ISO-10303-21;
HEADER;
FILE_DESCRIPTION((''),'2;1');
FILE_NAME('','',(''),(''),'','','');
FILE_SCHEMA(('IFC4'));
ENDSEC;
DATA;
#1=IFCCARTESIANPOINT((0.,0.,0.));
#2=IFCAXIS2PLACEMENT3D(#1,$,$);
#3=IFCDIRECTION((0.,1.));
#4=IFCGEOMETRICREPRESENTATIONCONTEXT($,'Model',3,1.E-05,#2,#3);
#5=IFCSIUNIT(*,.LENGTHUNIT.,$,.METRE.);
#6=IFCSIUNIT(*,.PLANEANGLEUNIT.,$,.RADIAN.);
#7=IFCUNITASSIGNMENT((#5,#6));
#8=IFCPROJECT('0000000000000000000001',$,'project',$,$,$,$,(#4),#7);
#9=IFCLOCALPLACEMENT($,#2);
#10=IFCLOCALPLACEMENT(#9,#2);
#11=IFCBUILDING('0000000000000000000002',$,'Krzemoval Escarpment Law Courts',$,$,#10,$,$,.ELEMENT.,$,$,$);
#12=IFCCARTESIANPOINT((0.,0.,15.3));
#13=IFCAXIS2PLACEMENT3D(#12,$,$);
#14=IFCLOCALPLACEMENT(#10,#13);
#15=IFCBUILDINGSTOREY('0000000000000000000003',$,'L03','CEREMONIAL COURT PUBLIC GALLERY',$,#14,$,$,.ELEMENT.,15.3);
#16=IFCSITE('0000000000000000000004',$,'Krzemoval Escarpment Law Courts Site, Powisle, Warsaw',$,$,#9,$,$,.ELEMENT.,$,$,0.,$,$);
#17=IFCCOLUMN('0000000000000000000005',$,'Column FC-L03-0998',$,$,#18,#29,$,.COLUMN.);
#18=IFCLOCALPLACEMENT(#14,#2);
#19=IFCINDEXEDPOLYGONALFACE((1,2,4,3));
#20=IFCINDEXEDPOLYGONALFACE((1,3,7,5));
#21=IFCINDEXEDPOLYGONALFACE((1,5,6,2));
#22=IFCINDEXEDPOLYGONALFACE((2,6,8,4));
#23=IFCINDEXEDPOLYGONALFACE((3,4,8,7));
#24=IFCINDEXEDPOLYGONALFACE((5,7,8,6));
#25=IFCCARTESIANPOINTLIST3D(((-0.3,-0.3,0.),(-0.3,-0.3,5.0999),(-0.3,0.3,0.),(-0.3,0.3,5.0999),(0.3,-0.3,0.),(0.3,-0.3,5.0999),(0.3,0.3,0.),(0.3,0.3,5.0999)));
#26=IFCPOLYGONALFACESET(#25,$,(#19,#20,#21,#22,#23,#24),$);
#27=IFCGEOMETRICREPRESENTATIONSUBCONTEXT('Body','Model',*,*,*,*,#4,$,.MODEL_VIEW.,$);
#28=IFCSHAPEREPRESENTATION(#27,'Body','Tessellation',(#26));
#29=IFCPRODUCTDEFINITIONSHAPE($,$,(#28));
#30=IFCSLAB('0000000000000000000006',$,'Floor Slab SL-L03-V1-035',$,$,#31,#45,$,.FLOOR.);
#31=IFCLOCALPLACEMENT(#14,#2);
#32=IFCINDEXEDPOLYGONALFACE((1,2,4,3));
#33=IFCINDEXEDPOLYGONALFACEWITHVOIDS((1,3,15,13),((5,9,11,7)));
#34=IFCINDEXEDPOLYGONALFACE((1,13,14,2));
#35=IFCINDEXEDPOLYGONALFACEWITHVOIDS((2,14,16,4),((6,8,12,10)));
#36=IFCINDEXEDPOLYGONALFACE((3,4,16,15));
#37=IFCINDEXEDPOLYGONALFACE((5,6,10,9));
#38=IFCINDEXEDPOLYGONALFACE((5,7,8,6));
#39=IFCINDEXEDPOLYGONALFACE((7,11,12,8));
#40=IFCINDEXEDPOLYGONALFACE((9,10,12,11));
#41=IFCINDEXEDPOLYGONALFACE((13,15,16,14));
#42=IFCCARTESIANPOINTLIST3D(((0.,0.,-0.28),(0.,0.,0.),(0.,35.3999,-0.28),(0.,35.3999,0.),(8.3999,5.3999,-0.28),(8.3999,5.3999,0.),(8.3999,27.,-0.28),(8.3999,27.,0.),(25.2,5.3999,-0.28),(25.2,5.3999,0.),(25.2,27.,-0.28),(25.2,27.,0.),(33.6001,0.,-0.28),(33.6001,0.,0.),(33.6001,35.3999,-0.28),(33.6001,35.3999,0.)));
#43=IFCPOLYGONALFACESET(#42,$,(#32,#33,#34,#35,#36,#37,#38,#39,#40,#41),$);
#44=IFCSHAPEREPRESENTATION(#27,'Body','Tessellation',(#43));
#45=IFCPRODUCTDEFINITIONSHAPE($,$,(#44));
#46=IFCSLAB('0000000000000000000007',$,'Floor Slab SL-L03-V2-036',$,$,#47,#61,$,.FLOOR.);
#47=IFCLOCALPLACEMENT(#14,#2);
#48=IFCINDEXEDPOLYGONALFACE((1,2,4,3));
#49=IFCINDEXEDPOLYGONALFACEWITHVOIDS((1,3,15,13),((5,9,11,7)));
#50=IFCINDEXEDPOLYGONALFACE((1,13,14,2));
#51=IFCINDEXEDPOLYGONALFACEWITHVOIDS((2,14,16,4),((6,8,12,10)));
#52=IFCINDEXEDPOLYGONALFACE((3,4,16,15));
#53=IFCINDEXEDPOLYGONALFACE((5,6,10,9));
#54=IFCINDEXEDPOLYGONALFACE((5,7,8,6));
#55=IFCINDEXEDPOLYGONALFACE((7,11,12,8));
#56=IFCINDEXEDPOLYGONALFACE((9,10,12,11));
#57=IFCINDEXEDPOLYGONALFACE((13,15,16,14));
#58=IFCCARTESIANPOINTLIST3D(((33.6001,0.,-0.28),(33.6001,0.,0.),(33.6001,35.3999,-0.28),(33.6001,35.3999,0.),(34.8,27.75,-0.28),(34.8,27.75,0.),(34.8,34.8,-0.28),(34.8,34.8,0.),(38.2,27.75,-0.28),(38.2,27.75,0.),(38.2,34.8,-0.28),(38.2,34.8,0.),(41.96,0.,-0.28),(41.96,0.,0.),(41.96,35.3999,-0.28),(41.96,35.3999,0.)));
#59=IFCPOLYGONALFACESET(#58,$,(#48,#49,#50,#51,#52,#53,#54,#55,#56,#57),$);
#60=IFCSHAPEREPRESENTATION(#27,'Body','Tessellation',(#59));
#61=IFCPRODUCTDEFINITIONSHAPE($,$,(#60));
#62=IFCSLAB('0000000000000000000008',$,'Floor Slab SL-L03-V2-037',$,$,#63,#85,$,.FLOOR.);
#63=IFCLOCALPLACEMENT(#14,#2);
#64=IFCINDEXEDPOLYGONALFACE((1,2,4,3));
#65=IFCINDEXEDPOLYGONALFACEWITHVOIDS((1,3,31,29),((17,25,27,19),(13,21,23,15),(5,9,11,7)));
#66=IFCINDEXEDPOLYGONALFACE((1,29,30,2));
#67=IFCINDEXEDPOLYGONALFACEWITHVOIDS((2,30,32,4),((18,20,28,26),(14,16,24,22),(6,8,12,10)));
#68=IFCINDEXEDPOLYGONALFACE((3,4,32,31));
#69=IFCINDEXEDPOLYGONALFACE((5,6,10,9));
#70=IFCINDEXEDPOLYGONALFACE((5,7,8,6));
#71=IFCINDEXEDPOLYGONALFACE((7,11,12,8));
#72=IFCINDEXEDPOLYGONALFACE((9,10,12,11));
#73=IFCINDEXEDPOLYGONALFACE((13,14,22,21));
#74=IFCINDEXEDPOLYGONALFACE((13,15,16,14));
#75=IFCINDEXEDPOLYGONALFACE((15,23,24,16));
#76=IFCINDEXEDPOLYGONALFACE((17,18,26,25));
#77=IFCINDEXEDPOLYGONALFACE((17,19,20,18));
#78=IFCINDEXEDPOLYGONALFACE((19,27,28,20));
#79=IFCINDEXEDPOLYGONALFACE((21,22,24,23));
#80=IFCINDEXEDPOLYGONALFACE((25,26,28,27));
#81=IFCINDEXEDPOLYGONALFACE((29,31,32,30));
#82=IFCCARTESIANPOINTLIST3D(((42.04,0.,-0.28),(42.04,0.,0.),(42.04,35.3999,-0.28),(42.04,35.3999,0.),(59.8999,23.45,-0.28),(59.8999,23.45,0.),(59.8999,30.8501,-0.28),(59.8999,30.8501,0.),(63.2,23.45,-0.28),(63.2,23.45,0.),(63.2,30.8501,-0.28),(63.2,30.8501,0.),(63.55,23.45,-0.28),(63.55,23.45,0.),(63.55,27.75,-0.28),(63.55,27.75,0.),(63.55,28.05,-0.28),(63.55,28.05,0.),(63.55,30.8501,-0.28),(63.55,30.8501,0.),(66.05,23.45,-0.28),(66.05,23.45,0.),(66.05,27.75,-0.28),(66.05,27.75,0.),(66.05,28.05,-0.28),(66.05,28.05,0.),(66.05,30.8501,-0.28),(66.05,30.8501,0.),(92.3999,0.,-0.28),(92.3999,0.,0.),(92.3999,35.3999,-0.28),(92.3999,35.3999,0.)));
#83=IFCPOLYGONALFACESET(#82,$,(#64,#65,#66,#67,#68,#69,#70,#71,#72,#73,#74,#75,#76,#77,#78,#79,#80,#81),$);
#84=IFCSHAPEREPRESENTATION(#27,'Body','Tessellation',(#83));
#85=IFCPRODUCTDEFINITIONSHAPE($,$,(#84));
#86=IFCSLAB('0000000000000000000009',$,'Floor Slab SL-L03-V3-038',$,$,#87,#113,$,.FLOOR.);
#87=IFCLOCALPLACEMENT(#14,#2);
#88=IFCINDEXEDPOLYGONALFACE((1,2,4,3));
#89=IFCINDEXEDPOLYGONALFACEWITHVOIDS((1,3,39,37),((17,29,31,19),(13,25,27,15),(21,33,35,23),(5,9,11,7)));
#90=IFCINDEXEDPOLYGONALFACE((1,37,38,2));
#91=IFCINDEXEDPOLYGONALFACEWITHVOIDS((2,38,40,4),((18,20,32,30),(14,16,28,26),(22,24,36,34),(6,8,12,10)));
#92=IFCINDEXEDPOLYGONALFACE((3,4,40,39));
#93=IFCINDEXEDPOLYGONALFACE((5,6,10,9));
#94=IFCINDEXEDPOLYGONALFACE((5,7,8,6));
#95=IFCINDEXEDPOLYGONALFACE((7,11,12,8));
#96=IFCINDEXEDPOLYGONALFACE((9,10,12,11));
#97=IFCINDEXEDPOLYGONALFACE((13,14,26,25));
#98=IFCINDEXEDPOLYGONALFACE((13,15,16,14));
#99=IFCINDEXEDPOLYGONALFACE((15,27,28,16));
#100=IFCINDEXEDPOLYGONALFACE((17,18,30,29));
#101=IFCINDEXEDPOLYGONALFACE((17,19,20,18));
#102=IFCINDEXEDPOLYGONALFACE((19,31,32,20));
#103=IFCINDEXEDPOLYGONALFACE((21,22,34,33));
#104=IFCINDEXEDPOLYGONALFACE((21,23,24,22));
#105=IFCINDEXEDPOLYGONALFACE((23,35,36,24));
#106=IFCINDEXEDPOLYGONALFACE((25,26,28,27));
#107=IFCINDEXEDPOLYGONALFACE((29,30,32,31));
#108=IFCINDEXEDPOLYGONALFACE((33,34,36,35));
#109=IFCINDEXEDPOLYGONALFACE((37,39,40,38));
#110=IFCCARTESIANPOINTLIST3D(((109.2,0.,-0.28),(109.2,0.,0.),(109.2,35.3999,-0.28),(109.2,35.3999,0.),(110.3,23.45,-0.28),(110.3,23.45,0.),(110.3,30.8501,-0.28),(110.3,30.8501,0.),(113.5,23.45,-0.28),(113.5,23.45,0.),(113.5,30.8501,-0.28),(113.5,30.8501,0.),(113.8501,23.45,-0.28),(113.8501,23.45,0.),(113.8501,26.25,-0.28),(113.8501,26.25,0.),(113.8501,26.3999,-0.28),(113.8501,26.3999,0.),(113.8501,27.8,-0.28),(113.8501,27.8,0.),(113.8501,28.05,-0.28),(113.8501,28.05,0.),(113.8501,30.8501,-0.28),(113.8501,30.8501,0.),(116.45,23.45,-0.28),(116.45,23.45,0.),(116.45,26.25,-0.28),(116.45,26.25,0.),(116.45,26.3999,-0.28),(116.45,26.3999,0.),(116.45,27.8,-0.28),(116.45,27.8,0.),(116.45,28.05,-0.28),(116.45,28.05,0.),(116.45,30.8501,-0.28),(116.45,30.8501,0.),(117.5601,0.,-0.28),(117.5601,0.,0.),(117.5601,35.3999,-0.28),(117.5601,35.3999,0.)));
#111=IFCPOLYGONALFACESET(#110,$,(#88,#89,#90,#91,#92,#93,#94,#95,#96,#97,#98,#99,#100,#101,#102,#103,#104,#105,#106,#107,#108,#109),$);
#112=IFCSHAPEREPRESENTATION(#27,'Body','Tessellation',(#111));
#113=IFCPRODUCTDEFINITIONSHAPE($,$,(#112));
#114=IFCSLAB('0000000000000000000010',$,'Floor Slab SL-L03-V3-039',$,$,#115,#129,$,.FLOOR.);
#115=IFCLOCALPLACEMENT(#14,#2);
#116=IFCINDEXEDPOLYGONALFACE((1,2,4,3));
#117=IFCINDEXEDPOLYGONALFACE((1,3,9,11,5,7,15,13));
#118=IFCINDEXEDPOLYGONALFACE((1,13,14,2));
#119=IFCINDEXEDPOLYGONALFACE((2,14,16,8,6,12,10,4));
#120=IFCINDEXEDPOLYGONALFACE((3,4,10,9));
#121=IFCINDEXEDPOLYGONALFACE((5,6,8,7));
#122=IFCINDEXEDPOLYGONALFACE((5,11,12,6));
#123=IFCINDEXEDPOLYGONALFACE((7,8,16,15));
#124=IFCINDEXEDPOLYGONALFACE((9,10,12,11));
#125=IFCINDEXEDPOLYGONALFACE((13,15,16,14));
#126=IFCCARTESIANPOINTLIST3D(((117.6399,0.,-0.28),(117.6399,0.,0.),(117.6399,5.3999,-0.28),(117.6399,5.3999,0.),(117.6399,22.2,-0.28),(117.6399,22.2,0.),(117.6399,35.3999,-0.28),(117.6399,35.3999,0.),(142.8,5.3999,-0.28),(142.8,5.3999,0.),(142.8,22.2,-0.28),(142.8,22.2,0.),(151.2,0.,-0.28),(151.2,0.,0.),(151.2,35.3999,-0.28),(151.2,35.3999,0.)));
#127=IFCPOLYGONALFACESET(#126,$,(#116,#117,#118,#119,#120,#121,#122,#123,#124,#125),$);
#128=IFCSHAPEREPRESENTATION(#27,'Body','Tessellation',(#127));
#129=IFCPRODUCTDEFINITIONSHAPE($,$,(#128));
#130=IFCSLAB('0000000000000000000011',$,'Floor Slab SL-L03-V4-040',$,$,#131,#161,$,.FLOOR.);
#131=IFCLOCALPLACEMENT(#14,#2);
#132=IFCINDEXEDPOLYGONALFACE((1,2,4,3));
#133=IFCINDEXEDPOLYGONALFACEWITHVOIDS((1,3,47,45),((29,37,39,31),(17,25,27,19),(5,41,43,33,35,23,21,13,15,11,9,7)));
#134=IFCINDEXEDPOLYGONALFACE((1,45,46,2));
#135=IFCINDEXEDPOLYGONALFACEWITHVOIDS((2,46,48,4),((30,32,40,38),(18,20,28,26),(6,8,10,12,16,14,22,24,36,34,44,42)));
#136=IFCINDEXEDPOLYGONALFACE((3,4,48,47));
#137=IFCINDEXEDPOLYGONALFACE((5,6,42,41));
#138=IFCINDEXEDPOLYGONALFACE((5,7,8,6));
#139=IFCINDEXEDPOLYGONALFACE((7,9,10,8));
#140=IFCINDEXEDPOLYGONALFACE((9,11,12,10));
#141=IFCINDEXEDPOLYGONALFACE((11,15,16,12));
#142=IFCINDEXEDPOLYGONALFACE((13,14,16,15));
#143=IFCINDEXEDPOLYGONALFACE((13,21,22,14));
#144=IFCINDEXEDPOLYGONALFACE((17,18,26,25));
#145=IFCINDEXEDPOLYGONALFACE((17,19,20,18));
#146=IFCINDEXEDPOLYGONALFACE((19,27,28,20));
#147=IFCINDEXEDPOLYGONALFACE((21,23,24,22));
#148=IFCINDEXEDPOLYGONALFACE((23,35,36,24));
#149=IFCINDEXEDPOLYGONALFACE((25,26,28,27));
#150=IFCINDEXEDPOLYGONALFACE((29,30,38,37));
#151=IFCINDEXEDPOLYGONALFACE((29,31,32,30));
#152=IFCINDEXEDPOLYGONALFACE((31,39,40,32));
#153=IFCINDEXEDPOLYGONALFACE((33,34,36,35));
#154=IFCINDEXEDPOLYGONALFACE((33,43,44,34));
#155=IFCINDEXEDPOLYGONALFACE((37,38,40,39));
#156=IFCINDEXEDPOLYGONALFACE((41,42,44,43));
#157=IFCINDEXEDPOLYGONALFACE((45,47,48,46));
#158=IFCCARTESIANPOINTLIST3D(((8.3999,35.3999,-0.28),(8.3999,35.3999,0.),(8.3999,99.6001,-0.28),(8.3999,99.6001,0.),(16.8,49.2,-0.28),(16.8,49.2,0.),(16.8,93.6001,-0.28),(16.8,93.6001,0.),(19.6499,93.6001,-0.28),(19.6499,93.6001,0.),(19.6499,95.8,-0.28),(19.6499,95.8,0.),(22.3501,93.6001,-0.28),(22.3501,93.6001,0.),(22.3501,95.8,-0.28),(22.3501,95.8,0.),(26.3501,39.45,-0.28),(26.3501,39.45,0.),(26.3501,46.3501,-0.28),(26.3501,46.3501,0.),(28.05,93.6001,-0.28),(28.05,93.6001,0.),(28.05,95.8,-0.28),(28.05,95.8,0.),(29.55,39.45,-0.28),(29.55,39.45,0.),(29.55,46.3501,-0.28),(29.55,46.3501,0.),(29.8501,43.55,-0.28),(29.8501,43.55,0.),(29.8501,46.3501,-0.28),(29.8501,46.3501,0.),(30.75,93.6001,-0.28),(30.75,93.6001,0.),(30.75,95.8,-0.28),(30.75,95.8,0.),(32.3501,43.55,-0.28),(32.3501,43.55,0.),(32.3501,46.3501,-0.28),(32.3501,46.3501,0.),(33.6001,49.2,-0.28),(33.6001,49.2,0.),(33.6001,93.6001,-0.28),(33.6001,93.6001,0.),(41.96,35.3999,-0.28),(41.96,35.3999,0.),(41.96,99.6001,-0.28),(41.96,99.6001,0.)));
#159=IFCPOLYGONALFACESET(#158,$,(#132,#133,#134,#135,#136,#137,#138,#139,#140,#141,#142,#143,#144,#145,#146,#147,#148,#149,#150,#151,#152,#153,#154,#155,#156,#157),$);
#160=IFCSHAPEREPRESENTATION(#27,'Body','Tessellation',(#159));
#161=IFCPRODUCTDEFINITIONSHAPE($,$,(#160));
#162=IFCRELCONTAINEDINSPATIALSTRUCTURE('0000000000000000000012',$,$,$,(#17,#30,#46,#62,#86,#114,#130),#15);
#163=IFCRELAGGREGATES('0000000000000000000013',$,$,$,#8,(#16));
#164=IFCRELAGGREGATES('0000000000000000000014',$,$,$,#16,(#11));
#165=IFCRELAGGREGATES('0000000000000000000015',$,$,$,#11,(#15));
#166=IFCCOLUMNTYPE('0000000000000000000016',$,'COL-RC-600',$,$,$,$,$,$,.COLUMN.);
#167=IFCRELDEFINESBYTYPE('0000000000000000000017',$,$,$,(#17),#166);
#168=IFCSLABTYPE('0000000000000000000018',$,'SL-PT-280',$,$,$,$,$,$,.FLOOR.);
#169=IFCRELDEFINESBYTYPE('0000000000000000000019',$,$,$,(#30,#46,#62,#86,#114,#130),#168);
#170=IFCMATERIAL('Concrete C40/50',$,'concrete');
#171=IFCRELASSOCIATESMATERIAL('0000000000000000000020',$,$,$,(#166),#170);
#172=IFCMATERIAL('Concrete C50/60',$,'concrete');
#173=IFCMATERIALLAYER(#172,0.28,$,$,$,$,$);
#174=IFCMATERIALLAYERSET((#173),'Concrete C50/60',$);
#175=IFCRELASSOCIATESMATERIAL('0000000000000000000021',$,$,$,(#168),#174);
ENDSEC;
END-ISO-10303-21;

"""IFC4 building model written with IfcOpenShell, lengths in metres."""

from ifc_helpers import new_model, si_unit, direction, frame, origin, origin_with_axes, origin_2d, place, context, subcontext, project, spatial, polyline, rectangle, outline, extrude, material, layer, layer_set, material_profile, profile_set, type_object, element, save


model = new_model("IFC4")

# Units and contexts
model_context = context("Model", 3, precision=1e-05, world=origin(), true_north=direction((0.0, 1.0)))
body_context = subcontext(model_context, "Body", "Model", "MODEL_VIEW")
ifc_project = project(units=[si_unit("LENGTHUNIT", "METRE"), si_unit("PLANEANGLEUNIT", "RADIAN")], contexts=[model_context])

# Site, building, storey
site_placement = place(None, origin())
site = spatial("IfcSite", under=ifc_project, at=site_placement, Name="Krzemoval Escarpment Law Courts Site, Powisle, Warsaw", CompositionType="ELEMENT", RefElevation=0.0)
building_placement = place(site_placement, origin())
building = spatial("IfcBuilding", under=site, at=building_placement, Name="Krzemoval Escarpment Law Courts", CompositionType="ELEMENT")
storey_placement = place(building_placement, frame((0.0, 0.0, 15.3)))
storey = spatial("IfcBuildingStorey", under=building, at=storey_placement, Name="L03", Description="CEREMONIAL COURT PUBLIC GALLERY", CompositionType="ELEMENT", Elevation=15.3)

# Column
ifc_material_1 = material(Name="Concrete C40/50", Category="concrete")
ifc_material_profile = material_profile(ifc_material_1, rectangle(XDim=0.6001, YDim=0.6001, at=origin_2d()), Name="RC 600x600")
ifc_profile_set = profile_set([ifc_material_profile], Name="Concrete C40/50")
column_type = type_object("IfcColumnType", Name="COL-RC-600", PredefinedType="COLUMN", material=ifc_profile_set)
column_placement = place(storey_placement, origin_with_axes())
element("IfcColumn", 1, at=column_placement, inside=storey, type_object=column_type, Name="Column FC-L03-0998", PredefinedType="COLUMN", context=body_context, shape_type="SweptSolid", body=[
    extrude(rectangle(XDim=0.6001, YDim=0.6001, at=origin_2d()), origin(), (0.0, 0.0, 1.0), 5.0999),
])

# Slabs
ifc_material_2 = material(Name="Concrete C50/60", Category="concrete")
ifc_layer_1 = layer(ifc_material_2, 0.28)
ifc_layer_set_1 = layer_set([ifc_layer_1], Name="Concrete C50/60")
slab_type_1 = type_object("IfcSlabType", Name="SL-PT-280", PredefinedType="FLOOR", material=ifc_layer_set_1)
slab_1_placement = place(storey_placement, frame((0.0, 0.0, -0.28)))
element("IfcSlab", 2, at=slab_1_placement, inside=storey, type_object=slab_type_1, Name="Floor Slab SL-L03-V1-035", PredefinedType="FLOOR", context=body_context, shape_type="SweptSolid", body=[
    extrude(outline(polyline([(0.0, 35.3999), (33.6001, 35.3999), (33.6001, 0.0), (0.0, 0.0), (0.0, 35.3999)]), holes=[polyline([(25.2, 27.0), (8.3999, 27.0), (8.3999, 5.3999), (25.2, 5.3999), (25.2, 27.0)])]), origin(), (0.0, 0.0, 1.0), 0.28),
])
slab_2_placement = place(storey_placement, frame((0.0, 0.0, -0.28)))
element("IfcSlab", 3, at=slab_2_placement, inside=storey, type_object=slab_type_1, Name="Floor Slab SL-L03-V2-036", PredefinedType="FLOOR", context=body_context, shape_type="SweptSolid", body=[
    extrude(outline(polyline([(33.6001, 0.0), (33.6001, 35.3999), (41.96, 35.3999), (41.96, 0.0), (33.6001, 0.0)]), holes=[polyline([(38.2, 34.8), (34.8, 34.8), (34.8, 27.75), (38.2, 27.75), (38.2, 34.8)])]), origin(), (0.0, 0.0, 1.0), 0.28),
])
slab_3_placement = place(storey_placement, frame((0.0, 0.0, -0.28)))
element("IfcSlab", 4, at=slab_3_placement, inside=storey, type_object=slab_type_1, Name="Floor Slab SL-L03-V2-037", PredefinedType="FLOOR", context=body_context, shape_type="SweptSolid", body=[
    extrude(outline(polyline([(92.3999, 35.3999), (92.3999, 0.0), (42.04, 0.0), (42.04, 35.3999), (92.3999, 35.3999)]), holes=[polyline([(66.05, 28.05), (66.05, 30.8501), (63.55, 30.8501), (63.55, 28.05), (66.05, 28.05)]), polyline([(63.55, 23.45), (66.05, 23.45), (66.05, 27.75), (63.55, 27.75), (63.55, 23.45)]), polyline([(59.8999, 30.8501), (59.8999, 23.45), (63.2, 23.45), (63.2, 30.8501), (59.8999, 30.8501)])]), origin(), (0.0, 0.0, 1.0), 0.28),
])
slab_4_placement = place(storey_placement, frame((0.0, 0.0, -0.28)))
element("IfcSlab", 5, at=slab_4_placement, inside=storey, type_object=slab_type_1, Name="Floor Slab SL-L03-V3-038", PredefinedType="FLOOR", context=body_context, shape_type="SweptSolid", body=[
    extrude(outline(polyline([(109.2, 35.3999), (117.5601, 35.3999), (117.5601, 0.0), (109.2, 0.0), (109.2, 35.3999)]), holes=[polyline([(116.45, 23.45), (116.45, 26.25), (113.8501, 26.25), (113.8501, 23.45), (116.45, 23.45)]), polyline([(113.8501, 28.05), (116.45, 28.05), (116.45, 30.8501), (113.8501, 30.8501), (113.8501, 28.05)]), polyline([(113.8501, 27.8), (113.8501, 26.3999), (116.45, 26.3999), (116.45, 27.8), (113.8501, 27.8)]), polyline([(113.5, 30.8501), (110.3, 30.8501), (110.3, 23.45), (113.5, 23.45), (113.5, 30.8501)])]), origin(), (0.0, 0.0, 1.0), 0.28),
])
slab_5_placement = place(storey_placement, frame((0.0, 0.0, -0.28)))
element("IfcSlab", 6, at=slab_5_placement, inside=storey, type_object=slab_type_1, Name="Floor Slab SL-L03-V3-039", PredefinedType="FLOOR", context=body_context, shape_type="SweptSolid", body=[
    extrude(outline(polyline([(142.8, 22.2), (117.6399, 22.2), (117.6399, 35.3999), (151.2, 35.3999), (151.2, 0.0), (117.6399, 0.0), (117.6399, 5.3999), (142.8, 5.3999), (142.8, 22.2)])), origin(), (0.0, 0.0, 1.0), 0.28),
])
slab_6_placement = place(storey_placement, frame((0.0, 0.0, -0.28)))
element("IfcSlab", 7, at=slab_6_placement, inside=storey, type_object=slab_type_1, Name="Floor Slab SL-L03-V4-040", PredefinedType="FLOOR", context=body_context, shape_type="SweptSolid", body=[
    extrude(outline(polyline([(8.3999, 99.6001), (41.96, 99.6001), (41.96, 35.3999), (8.3999, 35.3999), (8.3999, 99.6001)]), holes=[polyline([(19.6499, 93.6001), (16.8, 93.6001), (16.8, 49.2), (33.6001, 49.2), (33.6001, 93.6001), (30.75, 93.6001), (30.75, 95.8), (28.05, 95.8), (28.05, 93.6001), (22.3501, 93.6001), (22.3501, 95.8), (19.6499, 95.8), (19.6499, 93.6001)]), polyline([(29.8501, 46.3501), (29.8501, 43.55), (32.3501, 43.55), (32.3501, 46.3501), (29.8501, 46.3501)]), polyline([(29.55, 46.3501), (26.3501, 46.3501), (26.3501, 39.45), (29.55, 39.45), (29.55, 46.3501)])]), origin(), (0.0, 0.0, 1.0), 0.28),
])

save(model, "model.ifc")
